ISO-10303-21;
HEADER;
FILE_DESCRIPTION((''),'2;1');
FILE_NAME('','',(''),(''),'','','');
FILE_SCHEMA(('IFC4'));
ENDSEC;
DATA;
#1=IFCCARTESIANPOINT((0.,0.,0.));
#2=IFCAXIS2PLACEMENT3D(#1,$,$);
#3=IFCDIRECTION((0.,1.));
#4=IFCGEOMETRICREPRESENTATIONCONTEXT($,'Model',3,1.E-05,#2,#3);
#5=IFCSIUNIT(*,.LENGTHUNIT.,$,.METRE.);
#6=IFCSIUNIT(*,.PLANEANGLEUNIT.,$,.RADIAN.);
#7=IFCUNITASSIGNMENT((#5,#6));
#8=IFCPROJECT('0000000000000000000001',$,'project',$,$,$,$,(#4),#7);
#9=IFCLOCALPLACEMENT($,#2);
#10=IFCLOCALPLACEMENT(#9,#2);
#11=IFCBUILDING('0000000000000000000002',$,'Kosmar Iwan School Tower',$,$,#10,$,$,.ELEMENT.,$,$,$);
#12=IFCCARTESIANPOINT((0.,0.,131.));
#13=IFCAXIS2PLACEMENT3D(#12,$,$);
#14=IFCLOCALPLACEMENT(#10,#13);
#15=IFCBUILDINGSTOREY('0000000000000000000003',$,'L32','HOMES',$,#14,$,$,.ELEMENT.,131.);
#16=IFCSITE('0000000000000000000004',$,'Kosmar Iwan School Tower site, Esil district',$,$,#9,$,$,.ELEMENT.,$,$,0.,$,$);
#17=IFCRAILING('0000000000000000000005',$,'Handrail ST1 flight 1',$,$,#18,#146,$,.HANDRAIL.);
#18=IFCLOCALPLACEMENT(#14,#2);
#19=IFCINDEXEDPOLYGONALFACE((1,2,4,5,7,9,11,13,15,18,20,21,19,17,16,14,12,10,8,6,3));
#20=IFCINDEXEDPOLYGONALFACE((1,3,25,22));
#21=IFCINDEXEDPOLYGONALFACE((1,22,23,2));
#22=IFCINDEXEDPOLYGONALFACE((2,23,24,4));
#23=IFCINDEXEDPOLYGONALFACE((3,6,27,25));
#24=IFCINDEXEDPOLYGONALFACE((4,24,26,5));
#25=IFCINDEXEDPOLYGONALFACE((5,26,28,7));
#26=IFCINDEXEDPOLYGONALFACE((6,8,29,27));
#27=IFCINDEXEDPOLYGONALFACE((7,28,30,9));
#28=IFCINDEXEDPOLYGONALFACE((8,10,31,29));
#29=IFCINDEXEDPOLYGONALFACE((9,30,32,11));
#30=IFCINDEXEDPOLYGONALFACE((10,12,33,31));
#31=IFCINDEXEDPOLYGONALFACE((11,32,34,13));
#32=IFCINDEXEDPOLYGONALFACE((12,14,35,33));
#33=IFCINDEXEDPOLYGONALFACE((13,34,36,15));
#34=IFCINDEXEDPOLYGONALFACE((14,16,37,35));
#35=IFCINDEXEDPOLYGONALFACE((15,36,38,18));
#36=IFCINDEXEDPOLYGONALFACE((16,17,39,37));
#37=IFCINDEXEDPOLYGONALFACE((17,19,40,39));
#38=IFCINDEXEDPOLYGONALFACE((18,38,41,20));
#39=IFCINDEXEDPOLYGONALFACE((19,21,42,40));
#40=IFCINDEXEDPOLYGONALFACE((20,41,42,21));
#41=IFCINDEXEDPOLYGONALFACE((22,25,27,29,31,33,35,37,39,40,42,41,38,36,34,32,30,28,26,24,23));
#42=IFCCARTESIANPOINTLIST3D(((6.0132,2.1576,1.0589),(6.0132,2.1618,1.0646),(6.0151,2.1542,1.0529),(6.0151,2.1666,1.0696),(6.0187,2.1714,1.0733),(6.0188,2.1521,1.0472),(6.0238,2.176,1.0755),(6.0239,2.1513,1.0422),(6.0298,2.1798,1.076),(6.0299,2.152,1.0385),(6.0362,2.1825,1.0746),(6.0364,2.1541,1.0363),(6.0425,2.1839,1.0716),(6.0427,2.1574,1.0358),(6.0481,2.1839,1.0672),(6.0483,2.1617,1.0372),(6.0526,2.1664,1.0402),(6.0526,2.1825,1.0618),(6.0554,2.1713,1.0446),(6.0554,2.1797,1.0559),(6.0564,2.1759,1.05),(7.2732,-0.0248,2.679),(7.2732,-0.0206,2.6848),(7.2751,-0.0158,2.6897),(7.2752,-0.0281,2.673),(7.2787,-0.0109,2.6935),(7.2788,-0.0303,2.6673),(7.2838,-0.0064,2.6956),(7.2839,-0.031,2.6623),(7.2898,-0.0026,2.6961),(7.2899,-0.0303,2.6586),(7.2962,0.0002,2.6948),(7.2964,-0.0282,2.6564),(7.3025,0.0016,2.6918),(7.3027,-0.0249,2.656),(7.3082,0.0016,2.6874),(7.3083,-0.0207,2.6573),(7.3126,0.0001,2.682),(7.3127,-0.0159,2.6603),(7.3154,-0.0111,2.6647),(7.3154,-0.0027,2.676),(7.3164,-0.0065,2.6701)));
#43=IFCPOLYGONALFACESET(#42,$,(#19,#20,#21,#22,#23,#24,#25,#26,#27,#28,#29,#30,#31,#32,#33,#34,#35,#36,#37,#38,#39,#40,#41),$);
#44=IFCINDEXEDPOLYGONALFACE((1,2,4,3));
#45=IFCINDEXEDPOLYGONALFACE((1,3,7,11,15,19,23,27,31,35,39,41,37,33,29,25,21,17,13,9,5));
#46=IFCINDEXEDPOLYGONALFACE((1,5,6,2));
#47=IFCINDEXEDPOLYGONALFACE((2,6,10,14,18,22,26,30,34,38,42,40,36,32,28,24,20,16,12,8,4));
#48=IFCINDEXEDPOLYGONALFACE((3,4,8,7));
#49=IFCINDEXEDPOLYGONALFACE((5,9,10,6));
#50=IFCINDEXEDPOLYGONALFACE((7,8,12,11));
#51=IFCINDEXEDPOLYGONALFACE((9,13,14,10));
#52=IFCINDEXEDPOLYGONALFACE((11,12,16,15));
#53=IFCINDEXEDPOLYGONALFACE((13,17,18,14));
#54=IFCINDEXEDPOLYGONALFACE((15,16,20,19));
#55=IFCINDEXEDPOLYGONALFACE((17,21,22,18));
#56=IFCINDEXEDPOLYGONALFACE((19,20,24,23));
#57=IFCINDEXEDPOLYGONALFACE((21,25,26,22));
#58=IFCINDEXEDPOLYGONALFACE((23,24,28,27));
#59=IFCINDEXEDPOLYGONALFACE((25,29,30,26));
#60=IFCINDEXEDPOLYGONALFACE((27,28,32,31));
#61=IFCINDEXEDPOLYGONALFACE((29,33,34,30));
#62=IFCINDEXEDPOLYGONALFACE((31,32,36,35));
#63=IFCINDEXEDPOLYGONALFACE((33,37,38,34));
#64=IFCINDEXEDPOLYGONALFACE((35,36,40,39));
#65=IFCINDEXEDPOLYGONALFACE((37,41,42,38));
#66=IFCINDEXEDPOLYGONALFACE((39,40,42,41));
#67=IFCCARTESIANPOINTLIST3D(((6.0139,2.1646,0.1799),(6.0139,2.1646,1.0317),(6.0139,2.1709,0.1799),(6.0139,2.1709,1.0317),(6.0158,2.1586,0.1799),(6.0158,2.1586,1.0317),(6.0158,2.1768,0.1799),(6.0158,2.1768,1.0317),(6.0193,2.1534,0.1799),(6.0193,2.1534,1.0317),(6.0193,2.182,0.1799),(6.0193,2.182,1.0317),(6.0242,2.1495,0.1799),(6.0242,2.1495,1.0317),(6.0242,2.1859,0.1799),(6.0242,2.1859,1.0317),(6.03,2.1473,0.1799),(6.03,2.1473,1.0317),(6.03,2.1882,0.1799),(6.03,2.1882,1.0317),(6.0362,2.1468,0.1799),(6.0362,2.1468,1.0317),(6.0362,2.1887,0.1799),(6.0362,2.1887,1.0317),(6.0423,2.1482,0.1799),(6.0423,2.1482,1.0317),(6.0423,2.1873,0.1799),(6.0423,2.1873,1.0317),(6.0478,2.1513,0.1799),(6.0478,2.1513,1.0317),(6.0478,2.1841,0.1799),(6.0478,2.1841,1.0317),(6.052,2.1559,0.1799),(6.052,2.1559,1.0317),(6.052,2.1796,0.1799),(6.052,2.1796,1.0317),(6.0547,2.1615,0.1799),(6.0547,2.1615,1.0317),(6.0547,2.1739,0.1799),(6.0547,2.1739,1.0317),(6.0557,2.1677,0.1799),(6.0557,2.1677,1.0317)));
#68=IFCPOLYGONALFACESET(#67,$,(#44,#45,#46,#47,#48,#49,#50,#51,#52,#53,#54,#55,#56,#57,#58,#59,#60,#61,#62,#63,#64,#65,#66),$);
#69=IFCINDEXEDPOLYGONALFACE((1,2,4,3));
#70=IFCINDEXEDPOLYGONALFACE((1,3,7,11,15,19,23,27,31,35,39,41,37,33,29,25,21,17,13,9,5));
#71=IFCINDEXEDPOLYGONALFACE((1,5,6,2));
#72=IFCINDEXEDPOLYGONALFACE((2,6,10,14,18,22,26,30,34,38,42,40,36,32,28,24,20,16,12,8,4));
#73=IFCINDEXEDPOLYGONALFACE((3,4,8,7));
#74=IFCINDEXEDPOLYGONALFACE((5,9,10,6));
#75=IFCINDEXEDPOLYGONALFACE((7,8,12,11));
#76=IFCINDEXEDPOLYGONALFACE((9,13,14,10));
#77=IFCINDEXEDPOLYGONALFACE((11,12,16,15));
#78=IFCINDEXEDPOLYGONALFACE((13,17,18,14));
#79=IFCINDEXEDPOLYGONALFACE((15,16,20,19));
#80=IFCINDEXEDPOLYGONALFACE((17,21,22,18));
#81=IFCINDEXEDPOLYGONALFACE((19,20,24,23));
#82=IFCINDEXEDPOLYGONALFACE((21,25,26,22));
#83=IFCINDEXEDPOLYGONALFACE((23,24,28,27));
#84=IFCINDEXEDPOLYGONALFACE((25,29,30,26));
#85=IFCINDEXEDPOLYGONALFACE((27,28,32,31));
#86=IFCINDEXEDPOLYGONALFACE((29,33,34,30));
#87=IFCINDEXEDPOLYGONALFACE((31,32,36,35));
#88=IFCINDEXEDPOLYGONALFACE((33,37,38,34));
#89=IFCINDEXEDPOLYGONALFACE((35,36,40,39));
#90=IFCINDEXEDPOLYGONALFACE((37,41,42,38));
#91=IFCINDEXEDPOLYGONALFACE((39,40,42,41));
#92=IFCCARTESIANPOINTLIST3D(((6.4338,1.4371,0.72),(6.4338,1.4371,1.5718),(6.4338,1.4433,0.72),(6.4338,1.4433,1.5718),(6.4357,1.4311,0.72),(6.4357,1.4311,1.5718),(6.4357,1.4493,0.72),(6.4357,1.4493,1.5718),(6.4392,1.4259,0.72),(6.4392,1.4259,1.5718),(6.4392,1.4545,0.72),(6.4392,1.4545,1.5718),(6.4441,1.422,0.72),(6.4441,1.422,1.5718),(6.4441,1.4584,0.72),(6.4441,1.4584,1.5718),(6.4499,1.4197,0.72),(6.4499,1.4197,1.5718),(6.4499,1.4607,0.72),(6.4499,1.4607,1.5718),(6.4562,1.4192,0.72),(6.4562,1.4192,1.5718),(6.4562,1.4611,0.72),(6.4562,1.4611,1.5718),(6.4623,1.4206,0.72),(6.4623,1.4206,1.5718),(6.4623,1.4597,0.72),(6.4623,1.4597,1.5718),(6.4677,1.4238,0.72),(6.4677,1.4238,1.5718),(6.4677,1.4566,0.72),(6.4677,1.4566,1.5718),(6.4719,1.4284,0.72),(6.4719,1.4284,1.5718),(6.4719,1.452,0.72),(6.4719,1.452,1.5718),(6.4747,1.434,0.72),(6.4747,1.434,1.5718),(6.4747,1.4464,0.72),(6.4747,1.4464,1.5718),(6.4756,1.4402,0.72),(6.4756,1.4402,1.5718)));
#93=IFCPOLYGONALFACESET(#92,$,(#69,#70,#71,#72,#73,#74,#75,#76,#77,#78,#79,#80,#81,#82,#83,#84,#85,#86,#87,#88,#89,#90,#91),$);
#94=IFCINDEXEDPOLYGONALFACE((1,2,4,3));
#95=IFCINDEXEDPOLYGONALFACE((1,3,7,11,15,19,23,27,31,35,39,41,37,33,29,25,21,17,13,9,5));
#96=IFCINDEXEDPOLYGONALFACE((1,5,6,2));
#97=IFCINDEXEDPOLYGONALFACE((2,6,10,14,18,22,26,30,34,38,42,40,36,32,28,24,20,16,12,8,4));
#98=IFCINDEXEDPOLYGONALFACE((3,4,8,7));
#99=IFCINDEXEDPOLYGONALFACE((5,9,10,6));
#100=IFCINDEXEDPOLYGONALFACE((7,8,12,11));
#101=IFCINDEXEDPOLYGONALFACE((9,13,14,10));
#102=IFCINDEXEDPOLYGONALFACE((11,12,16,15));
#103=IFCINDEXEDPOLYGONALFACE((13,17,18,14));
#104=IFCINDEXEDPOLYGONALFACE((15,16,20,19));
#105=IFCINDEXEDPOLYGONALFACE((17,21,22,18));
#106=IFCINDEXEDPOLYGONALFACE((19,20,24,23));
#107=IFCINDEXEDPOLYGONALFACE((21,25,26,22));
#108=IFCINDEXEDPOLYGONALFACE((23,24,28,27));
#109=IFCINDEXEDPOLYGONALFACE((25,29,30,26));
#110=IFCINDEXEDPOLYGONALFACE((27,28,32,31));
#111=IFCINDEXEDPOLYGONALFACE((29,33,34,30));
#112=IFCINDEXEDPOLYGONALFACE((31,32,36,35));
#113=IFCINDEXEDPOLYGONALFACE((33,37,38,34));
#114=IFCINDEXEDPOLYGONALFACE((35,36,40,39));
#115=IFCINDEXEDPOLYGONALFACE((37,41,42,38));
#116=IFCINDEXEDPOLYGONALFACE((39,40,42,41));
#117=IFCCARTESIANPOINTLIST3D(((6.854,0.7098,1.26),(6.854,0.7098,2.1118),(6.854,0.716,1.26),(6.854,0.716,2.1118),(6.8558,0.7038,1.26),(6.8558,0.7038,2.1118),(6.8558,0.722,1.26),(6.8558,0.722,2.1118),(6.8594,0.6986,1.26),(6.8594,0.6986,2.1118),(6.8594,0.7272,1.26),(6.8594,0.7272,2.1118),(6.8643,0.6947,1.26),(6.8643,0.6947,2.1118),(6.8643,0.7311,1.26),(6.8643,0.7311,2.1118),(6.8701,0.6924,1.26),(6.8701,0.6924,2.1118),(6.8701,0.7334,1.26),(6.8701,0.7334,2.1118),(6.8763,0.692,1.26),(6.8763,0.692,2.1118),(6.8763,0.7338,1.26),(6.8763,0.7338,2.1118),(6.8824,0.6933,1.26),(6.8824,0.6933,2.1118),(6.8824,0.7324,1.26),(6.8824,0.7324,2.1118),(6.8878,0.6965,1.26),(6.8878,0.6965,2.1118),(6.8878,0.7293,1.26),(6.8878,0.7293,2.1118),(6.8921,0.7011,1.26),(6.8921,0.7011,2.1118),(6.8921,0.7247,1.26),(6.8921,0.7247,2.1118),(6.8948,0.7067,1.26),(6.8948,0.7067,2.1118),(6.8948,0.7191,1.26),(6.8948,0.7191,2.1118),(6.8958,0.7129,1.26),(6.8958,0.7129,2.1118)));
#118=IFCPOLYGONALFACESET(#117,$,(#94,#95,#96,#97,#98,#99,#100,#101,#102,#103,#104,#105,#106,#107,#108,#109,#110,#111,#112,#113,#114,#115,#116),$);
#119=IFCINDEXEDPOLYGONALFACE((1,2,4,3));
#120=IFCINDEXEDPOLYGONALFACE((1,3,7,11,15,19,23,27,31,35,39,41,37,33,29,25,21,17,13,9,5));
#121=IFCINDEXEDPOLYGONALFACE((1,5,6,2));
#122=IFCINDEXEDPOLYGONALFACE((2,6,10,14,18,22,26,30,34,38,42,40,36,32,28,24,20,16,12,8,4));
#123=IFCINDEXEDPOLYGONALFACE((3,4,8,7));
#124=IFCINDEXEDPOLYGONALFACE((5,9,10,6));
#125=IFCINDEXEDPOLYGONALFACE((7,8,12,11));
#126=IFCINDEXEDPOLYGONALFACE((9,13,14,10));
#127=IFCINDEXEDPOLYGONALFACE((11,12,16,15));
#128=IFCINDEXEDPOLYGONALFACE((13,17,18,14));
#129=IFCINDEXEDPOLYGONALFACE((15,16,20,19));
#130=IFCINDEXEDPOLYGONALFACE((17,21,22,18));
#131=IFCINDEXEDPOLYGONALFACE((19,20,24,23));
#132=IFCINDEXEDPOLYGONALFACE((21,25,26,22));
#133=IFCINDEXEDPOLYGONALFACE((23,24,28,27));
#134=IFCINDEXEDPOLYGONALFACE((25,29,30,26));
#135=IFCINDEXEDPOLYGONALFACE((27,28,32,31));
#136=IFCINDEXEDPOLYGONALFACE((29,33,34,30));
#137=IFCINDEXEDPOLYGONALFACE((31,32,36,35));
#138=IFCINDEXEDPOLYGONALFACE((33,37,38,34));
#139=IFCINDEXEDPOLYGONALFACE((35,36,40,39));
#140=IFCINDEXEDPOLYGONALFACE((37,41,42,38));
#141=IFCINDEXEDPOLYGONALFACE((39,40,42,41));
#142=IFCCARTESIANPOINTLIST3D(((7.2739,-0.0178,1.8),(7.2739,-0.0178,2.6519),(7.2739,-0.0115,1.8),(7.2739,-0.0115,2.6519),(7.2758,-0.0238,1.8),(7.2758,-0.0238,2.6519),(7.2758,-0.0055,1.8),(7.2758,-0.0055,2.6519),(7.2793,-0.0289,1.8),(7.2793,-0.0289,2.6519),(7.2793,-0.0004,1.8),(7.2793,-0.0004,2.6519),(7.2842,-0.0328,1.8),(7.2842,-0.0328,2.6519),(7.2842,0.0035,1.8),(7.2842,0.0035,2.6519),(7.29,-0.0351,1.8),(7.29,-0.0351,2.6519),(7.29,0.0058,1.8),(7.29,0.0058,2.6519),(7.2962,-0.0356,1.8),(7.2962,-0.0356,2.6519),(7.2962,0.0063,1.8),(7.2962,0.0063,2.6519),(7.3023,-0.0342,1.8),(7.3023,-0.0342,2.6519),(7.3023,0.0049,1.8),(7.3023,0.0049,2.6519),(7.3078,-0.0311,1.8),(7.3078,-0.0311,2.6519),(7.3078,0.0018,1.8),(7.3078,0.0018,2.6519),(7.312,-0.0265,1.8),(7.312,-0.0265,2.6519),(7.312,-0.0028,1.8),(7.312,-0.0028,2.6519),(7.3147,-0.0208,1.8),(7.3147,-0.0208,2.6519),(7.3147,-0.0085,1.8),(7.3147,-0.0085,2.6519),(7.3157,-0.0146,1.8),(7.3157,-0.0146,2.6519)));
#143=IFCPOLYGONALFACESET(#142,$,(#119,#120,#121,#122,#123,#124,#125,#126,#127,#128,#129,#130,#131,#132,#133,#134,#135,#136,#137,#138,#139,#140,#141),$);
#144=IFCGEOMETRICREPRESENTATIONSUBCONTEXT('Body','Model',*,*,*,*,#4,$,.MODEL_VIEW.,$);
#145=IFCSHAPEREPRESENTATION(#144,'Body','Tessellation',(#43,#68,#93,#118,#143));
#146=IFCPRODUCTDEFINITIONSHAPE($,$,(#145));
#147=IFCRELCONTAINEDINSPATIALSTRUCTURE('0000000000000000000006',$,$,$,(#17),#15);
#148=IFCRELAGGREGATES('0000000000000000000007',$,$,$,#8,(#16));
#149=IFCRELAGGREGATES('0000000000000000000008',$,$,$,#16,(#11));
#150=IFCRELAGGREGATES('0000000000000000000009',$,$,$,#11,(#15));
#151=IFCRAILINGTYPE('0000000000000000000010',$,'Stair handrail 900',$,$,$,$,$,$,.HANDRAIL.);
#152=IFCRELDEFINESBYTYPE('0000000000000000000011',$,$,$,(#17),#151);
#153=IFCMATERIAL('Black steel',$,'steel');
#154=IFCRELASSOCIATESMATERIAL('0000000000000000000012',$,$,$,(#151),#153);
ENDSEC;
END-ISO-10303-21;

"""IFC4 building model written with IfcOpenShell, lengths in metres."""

from ifc_helpers import new_model, si_unit, direction, frame, origin, origin_2d, place, context, subcontext, project, spatial, circle, extrude, material, type_object, element, save


model = new_model("IFC4")

# Units and contexts
model_context = context("Model", 3, precision=1e-05, world=origin(), true_north=direction((0.0, 1.0)))
body_context = subcontext(model_context, "Body", "Model", "MODEL_VIEW")
ifc_project = project(units=[si_unit("LENGTHUNIT", "METRE"), si_unit("PLANEANGLEUNIT", "RADIAN")], contexts=[model_context])

# Site, building, storey
site_placement = place(None, origin())
site = spatial("IfcSite", under=ifc_project, at=site_placement, Name="Kosmar Iwan School Tower site, Esil district", CompositionType="ELEMENT", RefElevation=0.0)
building_placement = place(site_placement, origin())
building = spatial("IfcBuilding", under=site, at=building_placement, Name="Kosmar Iwan School Tower", CompositionType="ELEMENT")
storey_placement = place(building_placement, frame((0.0, 0.0, 131.0)))
storey = spatial("IfcBuildingStorey", under=building, at=storey_placement, Name="L32", Description="HOMES", CompositionType="ELEMENT", Elevation=131.0)

# Railing
ifc_material_1 = material(Name="Black steel", Category="steel")
railing_type = type_object("IfcRailingType", Name="Stair handrail 900", PredefinedType="HANDRAIL", material=ifc_material_1)
railing_placement = place(storey_placement, frame((6.0347, 2.1677, 0.1799)))
element("IfcRailing", 1, at=railing_placement, inside=storey, type_object=railing_type, Name="Handrail ST1 flight 1", PredefinedType="HANDRAIL", context=body_context, shape_type="SweptSolid", body=[
    extrude(circle(Radius=0.0239, at=origin_2d()), frame((0.0, 0.0, 0.876), z_axis=(0.420584, -0.728464, 0.540786), x_axis=(0.866023, 0.500005, 0.0)), (0.0, 0.0, 1.0), 2.9958),
    extrude(circle(Radius=0.021, at=origin_2d()), origin(), (0.0, 0.0, 1.0), 0.8518),
    extrude(circle(Radius=0.021, at=origin_2d()), frame((0.4199, -0.7275, 0.54)), (0.0, 0.0, 1.0), 0.8518),
    extrude(circle(Radius=0.021, at=origin_2d()), frame((0.8401, -1.4548, 1.0801)), (0.0, 0.0, 1.0), 0.8518),
    extrude(circle(Radius=0.021, at=origin_2d()), frame((1.26, -2.1824, 1.6201)), (0.0, 0.0, 1.0), 0.8518),
])

save(model, "model.ifc")
